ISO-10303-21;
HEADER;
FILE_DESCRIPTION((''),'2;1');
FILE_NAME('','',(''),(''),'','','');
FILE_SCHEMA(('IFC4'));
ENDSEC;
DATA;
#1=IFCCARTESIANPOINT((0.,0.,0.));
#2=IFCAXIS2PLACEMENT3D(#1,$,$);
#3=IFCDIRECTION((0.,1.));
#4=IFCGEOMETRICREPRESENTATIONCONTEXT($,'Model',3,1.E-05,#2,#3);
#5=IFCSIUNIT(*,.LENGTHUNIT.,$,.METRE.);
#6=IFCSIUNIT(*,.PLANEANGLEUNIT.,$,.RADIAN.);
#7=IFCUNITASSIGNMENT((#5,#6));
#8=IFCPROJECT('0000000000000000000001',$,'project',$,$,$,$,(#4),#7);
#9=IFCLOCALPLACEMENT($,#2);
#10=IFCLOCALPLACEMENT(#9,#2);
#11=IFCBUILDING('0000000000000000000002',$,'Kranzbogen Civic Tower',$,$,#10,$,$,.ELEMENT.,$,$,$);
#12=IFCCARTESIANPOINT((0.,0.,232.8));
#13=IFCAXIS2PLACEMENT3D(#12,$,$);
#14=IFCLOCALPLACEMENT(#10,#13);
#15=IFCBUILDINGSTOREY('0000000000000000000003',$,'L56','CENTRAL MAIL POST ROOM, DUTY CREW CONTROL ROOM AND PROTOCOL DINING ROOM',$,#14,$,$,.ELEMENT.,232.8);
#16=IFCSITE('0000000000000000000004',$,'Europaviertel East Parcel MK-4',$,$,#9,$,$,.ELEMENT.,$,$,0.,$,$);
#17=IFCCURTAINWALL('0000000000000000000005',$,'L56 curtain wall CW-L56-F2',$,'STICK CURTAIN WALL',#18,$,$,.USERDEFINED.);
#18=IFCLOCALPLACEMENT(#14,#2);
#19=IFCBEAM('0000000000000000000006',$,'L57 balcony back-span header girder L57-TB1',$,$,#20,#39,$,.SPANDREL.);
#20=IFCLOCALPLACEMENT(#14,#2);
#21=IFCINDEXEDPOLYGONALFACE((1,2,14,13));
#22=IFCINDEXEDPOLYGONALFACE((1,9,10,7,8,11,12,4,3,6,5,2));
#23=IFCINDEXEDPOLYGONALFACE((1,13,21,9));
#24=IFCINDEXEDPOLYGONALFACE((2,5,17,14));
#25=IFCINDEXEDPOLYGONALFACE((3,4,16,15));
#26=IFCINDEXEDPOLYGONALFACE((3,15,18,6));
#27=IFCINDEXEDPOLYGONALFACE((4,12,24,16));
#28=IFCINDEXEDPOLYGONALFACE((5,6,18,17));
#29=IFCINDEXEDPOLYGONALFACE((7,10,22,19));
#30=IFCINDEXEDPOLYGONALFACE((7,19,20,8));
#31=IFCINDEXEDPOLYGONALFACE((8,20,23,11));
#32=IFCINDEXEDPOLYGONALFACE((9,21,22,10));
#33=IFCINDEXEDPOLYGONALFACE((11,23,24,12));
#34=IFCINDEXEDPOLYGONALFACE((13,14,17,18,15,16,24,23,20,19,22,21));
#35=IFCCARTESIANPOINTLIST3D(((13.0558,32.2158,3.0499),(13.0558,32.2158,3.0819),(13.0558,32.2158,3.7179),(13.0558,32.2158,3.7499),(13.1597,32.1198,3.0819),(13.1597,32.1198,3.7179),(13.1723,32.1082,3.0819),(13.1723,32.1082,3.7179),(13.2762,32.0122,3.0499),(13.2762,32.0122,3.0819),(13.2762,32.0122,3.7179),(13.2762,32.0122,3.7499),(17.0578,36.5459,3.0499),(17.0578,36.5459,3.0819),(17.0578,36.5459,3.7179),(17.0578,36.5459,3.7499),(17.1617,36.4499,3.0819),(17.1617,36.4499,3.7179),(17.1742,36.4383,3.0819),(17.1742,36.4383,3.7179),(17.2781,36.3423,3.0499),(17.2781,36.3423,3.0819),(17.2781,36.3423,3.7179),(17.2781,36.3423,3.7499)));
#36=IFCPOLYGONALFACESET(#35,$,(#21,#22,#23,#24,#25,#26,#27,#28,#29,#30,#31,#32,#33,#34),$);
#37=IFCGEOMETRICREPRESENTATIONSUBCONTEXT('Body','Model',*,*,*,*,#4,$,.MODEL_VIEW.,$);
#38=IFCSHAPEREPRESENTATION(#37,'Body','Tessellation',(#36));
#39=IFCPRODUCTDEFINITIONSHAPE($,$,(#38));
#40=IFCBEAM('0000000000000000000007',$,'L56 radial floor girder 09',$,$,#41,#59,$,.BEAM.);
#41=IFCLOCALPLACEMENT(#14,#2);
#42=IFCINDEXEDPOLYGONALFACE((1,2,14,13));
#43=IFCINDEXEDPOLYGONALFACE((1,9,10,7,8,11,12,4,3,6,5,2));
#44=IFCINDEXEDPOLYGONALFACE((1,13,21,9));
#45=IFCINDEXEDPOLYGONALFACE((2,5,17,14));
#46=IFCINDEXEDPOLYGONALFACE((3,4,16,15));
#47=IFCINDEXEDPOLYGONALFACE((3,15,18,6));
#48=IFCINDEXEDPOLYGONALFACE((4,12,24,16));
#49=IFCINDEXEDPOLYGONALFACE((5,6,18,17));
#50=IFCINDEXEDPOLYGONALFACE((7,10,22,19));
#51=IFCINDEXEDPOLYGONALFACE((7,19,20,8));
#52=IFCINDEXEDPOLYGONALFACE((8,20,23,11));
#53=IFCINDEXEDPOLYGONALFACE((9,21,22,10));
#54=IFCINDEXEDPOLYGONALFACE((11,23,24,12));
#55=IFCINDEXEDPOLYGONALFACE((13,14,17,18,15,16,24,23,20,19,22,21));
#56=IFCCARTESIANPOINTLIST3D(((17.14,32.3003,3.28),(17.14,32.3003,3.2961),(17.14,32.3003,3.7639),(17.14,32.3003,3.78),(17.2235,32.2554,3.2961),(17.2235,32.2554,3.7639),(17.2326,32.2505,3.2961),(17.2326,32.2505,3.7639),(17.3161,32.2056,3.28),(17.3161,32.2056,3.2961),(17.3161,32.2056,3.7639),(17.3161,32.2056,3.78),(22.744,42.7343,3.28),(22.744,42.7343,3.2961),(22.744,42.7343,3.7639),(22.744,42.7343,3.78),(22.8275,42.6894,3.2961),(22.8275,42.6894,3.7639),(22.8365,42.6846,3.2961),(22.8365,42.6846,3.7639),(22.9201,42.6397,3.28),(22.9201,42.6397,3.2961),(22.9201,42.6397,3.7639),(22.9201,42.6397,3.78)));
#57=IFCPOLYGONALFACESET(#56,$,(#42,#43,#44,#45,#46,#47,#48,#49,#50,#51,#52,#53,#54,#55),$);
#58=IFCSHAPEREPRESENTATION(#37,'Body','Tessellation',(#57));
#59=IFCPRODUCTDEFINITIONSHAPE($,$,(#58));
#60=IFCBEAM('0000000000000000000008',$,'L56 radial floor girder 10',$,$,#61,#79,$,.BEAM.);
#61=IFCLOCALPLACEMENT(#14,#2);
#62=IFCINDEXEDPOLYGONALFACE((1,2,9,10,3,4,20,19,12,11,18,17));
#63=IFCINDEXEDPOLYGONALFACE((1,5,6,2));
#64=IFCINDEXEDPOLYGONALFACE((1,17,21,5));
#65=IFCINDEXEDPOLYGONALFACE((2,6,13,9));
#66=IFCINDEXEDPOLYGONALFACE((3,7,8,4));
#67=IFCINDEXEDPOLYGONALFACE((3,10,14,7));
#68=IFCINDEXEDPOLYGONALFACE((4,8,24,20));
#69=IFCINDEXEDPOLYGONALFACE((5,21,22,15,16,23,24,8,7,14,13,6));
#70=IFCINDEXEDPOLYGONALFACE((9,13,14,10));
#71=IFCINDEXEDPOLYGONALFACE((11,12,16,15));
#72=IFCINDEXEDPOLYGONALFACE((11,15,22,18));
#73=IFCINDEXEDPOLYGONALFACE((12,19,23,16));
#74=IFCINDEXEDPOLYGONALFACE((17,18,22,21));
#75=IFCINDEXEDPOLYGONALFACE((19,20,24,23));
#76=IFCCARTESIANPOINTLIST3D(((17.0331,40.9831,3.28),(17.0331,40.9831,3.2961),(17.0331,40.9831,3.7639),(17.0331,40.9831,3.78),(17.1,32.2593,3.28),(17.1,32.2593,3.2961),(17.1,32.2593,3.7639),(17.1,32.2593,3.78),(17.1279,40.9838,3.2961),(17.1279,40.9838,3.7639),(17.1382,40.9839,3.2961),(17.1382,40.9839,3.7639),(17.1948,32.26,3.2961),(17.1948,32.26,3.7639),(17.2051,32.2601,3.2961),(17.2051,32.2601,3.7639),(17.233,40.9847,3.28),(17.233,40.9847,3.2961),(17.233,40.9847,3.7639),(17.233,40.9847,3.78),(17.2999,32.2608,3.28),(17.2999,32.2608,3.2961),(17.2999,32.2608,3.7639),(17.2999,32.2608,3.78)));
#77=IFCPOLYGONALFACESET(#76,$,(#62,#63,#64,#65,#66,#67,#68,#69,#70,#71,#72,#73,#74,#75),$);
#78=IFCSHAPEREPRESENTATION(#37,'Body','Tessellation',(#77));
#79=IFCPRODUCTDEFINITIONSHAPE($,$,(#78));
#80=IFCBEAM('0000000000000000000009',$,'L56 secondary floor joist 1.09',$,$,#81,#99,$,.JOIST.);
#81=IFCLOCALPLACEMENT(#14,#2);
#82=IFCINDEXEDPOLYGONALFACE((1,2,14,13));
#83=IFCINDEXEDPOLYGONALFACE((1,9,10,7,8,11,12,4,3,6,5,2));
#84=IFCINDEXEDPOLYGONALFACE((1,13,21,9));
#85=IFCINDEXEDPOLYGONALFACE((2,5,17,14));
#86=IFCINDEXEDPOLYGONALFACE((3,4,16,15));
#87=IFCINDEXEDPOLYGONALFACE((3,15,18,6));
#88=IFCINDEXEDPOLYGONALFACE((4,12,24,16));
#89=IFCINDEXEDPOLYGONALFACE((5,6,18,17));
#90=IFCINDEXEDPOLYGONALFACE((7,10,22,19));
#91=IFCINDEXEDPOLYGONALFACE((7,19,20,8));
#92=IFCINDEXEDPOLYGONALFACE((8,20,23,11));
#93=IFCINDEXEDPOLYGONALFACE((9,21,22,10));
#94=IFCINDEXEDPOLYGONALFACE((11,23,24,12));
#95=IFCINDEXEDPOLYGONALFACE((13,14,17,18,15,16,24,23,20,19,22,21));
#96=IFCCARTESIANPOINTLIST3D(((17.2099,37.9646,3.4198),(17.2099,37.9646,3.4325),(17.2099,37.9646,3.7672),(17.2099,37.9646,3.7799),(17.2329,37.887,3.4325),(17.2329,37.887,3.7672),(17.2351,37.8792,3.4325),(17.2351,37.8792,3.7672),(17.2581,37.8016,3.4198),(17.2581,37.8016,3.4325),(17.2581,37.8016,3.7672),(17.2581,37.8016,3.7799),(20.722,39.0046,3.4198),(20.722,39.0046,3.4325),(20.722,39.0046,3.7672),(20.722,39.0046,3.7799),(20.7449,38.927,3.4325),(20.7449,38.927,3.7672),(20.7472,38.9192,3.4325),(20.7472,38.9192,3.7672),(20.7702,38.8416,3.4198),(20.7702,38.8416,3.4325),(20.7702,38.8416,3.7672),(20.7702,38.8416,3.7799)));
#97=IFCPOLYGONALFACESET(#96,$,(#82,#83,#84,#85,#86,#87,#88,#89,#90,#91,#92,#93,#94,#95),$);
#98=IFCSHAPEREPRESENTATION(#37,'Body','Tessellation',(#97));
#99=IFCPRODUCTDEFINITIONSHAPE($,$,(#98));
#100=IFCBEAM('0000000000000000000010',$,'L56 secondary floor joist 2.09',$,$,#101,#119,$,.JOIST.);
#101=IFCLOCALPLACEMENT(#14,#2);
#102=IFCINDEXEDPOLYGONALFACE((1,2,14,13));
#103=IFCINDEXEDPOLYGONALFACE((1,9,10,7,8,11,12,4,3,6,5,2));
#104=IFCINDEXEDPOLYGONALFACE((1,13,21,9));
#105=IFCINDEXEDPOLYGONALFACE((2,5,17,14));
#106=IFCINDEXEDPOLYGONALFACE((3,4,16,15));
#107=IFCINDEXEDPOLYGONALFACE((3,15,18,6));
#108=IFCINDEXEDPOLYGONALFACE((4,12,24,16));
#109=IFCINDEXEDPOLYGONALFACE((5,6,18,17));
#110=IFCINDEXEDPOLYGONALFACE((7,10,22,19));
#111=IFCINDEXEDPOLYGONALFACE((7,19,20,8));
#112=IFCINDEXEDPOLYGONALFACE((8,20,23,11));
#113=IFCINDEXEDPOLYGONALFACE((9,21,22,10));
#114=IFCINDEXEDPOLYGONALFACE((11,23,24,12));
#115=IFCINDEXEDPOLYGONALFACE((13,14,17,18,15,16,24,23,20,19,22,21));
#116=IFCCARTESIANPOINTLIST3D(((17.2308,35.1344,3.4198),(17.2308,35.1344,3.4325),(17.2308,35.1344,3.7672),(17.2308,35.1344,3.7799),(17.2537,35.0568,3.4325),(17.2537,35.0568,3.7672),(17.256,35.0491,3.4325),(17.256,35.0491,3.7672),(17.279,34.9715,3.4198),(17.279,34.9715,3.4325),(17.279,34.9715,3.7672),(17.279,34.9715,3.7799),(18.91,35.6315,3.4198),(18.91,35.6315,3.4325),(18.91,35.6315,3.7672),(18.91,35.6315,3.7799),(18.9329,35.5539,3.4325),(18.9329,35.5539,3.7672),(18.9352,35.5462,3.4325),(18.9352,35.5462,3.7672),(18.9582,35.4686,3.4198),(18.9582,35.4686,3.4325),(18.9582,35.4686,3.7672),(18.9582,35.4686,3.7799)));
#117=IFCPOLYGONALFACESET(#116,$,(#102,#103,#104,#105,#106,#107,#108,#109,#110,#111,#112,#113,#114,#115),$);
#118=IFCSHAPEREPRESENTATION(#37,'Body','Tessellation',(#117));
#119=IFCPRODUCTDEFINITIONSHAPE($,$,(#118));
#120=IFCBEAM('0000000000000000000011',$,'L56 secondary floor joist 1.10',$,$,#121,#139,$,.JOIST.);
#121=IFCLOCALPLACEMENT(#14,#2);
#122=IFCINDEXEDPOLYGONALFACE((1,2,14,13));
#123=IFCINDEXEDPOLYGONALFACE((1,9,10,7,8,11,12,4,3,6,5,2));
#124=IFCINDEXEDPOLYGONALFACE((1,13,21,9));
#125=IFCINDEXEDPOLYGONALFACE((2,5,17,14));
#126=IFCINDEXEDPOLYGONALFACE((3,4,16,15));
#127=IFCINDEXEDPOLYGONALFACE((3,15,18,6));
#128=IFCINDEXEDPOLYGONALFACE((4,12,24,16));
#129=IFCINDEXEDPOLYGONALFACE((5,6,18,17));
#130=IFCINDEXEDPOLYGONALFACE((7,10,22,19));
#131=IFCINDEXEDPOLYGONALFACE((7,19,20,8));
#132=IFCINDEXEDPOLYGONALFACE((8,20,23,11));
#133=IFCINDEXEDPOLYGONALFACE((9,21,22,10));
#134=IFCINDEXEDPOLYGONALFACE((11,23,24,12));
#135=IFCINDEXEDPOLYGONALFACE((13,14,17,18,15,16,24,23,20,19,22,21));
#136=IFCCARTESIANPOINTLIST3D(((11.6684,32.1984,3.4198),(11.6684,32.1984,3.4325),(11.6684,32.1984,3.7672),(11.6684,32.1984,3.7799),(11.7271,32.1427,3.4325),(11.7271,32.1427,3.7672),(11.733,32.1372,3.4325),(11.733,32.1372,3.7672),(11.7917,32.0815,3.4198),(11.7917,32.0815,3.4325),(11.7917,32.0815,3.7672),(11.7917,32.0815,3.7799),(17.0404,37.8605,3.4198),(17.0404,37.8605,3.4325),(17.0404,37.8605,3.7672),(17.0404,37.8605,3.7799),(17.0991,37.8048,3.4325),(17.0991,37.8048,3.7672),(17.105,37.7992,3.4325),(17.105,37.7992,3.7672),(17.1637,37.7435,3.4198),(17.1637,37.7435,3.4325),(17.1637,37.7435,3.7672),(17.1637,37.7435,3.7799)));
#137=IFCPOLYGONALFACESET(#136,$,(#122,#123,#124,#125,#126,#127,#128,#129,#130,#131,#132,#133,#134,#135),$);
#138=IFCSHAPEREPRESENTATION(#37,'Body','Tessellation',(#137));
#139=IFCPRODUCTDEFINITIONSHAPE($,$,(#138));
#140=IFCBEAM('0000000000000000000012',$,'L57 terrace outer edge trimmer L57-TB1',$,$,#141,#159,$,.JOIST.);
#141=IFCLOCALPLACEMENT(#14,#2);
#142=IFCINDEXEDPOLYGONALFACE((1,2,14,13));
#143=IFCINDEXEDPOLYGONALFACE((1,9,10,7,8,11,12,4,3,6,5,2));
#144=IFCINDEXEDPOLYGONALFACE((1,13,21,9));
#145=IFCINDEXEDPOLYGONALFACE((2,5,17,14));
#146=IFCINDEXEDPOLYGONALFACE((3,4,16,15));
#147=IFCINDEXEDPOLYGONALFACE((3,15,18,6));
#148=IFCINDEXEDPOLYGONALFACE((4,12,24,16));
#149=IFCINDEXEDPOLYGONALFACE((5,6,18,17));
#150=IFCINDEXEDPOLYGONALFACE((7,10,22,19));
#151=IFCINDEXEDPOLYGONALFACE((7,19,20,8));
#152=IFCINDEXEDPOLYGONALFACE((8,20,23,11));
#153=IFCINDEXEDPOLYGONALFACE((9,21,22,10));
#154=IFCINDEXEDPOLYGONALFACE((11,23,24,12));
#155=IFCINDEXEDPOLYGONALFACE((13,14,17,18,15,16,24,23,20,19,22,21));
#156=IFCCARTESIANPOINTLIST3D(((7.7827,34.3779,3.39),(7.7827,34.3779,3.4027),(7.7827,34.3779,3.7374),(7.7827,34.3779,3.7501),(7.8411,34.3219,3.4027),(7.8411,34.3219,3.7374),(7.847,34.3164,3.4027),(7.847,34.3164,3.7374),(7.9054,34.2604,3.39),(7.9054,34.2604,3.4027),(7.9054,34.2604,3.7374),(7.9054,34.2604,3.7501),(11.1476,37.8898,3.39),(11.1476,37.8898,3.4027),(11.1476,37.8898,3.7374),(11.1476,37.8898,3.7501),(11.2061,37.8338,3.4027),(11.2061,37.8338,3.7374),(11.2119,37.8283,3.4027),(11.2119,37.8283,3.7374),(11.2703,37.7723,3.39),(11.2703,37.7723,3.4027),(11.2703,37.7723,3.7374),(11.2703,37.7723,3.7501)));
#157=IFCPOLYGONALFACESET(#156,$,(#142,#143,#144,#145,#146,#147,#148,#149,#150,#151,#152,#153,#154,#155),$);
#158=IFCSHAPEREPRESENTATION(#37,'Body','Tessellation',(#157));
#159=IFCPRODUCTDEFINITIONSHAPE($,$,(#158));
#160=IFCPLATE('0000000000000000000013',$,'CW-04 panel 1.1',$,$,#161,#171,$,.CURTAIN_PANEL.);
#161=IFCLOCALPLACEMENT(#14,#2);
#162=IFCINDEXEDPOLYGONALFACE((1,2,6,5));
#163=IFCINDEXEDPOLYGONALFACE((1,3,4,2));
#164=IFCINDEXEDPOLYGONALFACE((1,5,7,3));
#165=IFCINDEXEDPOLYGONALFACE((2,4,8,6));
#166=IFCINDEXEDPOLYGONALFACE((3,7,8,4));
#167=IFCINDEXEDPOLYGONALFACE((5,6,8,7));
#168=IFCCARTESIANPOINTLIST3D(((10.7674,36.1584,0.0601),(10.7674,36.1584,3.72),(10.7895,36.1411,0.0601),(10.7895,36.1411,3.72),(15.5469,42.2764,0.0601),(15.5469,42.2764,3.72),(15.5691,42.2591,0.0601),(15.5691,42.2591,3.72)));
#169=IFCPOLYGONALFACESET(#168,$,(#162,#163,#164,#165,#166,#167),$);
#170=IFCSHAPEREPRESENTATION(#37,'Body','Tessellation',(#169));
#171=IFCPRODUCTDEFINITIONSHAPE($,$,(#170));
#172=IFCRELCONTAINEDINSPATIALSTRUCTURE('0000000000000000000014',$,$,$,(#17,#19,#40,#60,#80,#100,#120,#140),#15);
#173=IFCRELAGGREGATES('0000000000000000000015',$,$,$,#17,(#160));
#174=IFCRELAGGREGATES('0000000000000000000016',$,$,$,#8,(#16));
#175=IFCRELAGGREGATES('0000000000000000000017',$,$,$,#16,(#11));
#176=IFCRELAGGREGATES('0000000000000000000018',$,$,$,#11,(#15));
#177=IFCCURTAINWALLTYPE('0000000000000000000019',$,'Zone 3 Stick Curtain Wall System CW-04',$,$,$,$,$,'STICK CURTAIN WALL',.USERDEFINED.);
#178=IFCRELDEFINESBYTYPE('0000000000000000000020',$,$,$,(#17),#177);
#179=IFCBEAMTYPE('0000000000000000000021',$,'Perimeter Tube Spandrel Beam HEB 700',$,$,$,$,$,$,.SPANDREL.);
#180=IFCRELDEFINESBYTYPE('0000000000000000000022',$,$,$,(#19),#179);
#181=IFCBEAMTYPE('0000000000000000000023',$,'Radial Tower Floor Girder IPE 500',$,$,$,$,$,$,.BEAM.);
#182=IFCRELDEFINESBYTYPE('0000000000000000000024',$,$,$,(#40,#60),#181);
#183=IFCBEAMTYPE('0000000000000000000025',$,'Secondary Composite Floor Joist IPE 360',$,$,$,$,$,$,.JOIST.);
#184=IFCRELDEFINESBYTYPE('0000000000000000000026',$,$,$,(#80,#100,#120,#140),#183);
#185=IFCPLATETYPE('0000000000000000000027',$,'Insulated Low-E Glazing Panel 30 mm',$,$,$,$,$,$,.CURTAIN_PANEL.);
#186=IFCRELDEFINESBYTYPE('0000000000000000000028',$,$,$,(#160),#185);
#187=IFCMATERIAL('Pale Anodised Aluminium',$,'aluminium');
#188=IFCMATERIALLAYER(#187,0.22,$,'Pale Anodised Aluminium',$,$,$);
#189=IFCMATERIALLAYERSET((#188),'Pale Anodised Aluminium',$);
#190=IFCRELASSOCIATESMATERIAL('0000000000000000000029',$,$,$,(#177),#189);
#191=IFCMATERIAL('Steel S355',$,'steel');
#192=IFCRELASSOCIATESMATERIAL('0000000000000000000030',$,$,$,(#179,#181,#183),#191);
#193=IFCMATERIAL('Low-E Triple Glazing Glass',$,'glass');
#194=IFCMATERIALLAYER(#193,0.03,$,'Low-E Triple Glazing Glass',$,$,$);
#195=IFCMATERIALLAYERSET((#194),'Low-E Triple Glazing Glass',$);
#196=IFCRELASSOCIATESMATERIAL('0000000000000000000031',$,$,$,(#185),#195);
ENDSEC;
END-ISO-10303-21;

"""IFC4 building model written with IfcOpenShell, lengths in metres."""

from ifc_helpers import new_model, si_unit, direction, frame, origin, origin_2d, place, context, subcontext, project, spatial, rectangle, i_section, extrude, material, layer, layer_set, material_profile, profile_set, type_object, element, aggregate, save


model = new_model("IFC4")

# Units and contexts
model_context = context("Model", 3, precision=1e-05, world=origin(), true_north=direction((0.0, 1.0)))
body_context = subcontext(model_context, "Body", "Model", "MODEL_VIEW")
ifc_project = project(units=[si_unit("LENGTHUNIT", "METRE"), si_unit("PLANEANGLEUNIT", "RADIAN")], contexts=[model_context])

# Site, building, storey
site_placement = place(None, origin())
site = spatial("IfcSite", under=ifc_project, at=site_placement, Name="Europaviertel East Parcel MK-4", CompositionType="ELEMENT", RefElevation=0.0)
building_placement = place(site_placement, origin())
building = spatial("IfcBuilding", under=site, at=building_placement, Name="Kranzbogen Civic Tower", CompositionType="ELEMENT")
storey_placement = place(building_placement, frame((0.0, 0.0, 232.8)))
storey = spatial("IfcBuildingStorey", under=building, at=storey_placement, Name="L56", Description="CENTRAL MAIL POST ROOM, DUTY CREW CONTROL ROOM AND PROTOCOL DINING ROOM", CompositionType="ELEMENT", Elevation=232.8)

# Shared definitions
ifc_material_1 = material(Name="Steel S355", Category="steel")

# Shared definitions
ifc_material_2 = material(Name="Pale Anodised Aluminium", Category="aluminium")
ifc_layer_1 = layer(ifc_material_2, 0.22, Name="Pale Anodised Aluminium")
ifc_layer_set_1 = layer_set([ifc_layer_1], Name="Pale Anodised Aluminium")
curtain_wall_type = type_object("IfcCurtainWallType", Name="Zone 3 Stick Curtain Wall System CW-04", ElementType="STICK CURTAIN WALL", PredefinedType="USERDEFINED", material=ifc_layer_set_1)

# Curtain wall
curtain_wall_1_placement = place(storey_placement, origin())
curtain_wall_1 = element("IfcCurtainWall", 1, at=curtain_wall_1_placement, inside=storey, type_object=curtain_wall_type, Name="L56 curtain wall CW-L56-F2", ObjectType="STICK CURTAIN WALL", PredefinedType="USERDEFINED")

# Beams
ifc_material_profile_1 = material_profile(ifc_material_1, i_section(OverallWidth=0.3, OverallDepth=0.7, WebThickness=0.0171, FlangeThickness=0.032, at=origin_2d()), Name="HEB 700")
ifc_profile_set_1 = profile_set([ifc_material_profile_1], Name="Steel S355")
beam_type_1 = type_object("IfcBeamType", Name="Perimeter Tube Spandrel Beam HEB 700", PredefinedType="SPANDREL", material=ifc_profile_set_1)
beam_1_placement = place(storey_placement, frame((17.168, 36.4441, 3.3999), z_axis=(-0.678734, -0.734384, 0.0), x_axis=(0.734384, -0.678734, 0.0)))
element("IfcBeam", 2, at=beam_1_placement, inside=storey, type_object=beam_type_1, Name="L57 balcony back-span header girder L57-TB1", PredefinedType="SPANDREL", context=body_context, shape_type="SweptSolid", body=[
    extrude(i_section(OverallWidth=0.3, OverallDepth=0.7, WebThickness=0.0171, FlangeThickness=0.032, at=origin_2d()), origin(), (0.0, 0.0, 1.0), 5.8962),
])
ifc_material_profile_2 = material_profile(ifc_material_1, i_section(OverallWidth=0.2, OverallDepth=0.5, WebThickness=0.0103, FlangeThickness=0.0161, at=origin_2d()), Name="IPE 500")
ifc_profile_set_2 = profile_set([ifc_material_profile_2], Name="Steel S355")
beam_type_2 = type_object("IfcBeamType", Name="Radial Tower Floor Girder IPE 500", PredefinedType="BEAM", material=ifc_profile_set_2)
beam_2_placement = place(storey_placement, frame((22.832, 42.687, 3.53), z_axis=(-0.47316, -0.880976, 0.0), x_axis=(0.880976, -0.47316, 0.0)))
element("IfcBeam", 3, at=beam_2_placement, inside=storey, type_object=beam_type_2, Name="L56 radial floor girder 09", PredefinedType="BEAM", context=body_context, shape_type="SweptSolid", body=[
    extrude(i_section(OverallWidth=0.2, OverallDepth=0.5, WebThickness=0.0103, FlangeThickness=0.0161, at=origin_2d()), origin(), (0.0, 0.0, 1.0), 11.8438),
])
beam_3_placement = place(storey_placement, frame((17.1331, 40.9839, 3.53), z_axis=(0.007668, -0.999971, 0.0), x_axis=(0.999971, 0.007668, 0.0)))
element("IfcBeam", 4, at=beam_3_placement, inside=storey, type_object=beam_type_2, Name="L56 radial floor girder 10", PredefinedType="BEAM", context=body_context, shape_type="SweptSolid", body=[
    extrude(i_section(OverallWidth=0.2, OverallDepth=0.5, WebThickness=0.0103, FlangeThickness=0.0161, at=origin_2d()), origin(), (0.0, 0.0, 1.0), 8.7241),
])
ifc_material_profile_3 = material_profile(ifc_material_1, i_section(OverallWidth=0.1699, OverallDepth=0.3601, WebThickness=0.0081, FlangeThickness=0.0127, at=origin_2d()), Name="IPE 360")
ifc_profile_set_3 = profile_set([ifc_material_profile_3], Name="Steel S355")
beam_type_3 = type_object("IfcBeamType", Name="Secondary Composite Floor Joist IPE 360", PredefinedType="JOIST", material=ifc_profile_set_3)
beam_4_placement = place(storey_placement, frame((20.7461, 38.9231, 3.5999), z_axis=(-0.958844, -0.283934, 0.0), x_axis=(0.283934, -0.958844, 0.0)))
element("IfcBeam", 5, at=beam_4_placement, inside=storey, type_object=beam_type_3, Name="L56 secondary floor joist 1.09", PredefinedType="JOIST", context=body_context, shape_type="SweptSolid", body=[
    extrude(i_section(OverallWidth=0.1699, OverallDepth=0.3601, WebThickness=0.0081, FlangeThickness=0.0127, at=origin_2d()), origin(), (0.0, 0.0, 1.0), 3.6628),
])
beam_5_placement = place(storey_placement, frame((18.9341, 35.55, 3.5999), z_axis=(-0.958871, -0.283841, 0.0), x_axis=(0.283841, -0.958871, 0.0)))
element("IfcBeam", 6, at=beam_5_placement, inside=storey, type_object=beam_type_3, Name="L56 secondary floor joist 2.09", PredefinedType="JOIST", context=body_context, shape_type="SweptSolid", body=[
    extrude(i_section(OverallWidth=0.1699, OverallDepth=0.3601, WebThickness=0.0081, FlangeThickness=0.0127, at=origin_2d()), origin(), (0.0, 0.0, 1.0), 1.7512),
])
beam_6_placement = place(storey_placement, frame((17.1021, 37.802, 3.5999), z_axis=(-0.688282, -0.725443, 0.0), x_axis=(0.725443, -0.688282, 0.0)))
element("IfcBeam", 7, at=beam_6_placement, inside=storey, type_object=beam_type_3, Name="L56 secondary floor joist 1.10", PredefinedType="JOIST", context=body_context, shape_type="SweptSolid", body=[
    extrude(i_section(OverallWidth=0.1699, OverallDepth=0.3601, WebThickness=0.0081, FlangeThickness=0.0127, at=origin_2d()), origin(), (0.0, 0.0, 1.0), 7.8049),
])
beam_7_placement = place(storey_placement, frame((11.209, 37.8311, 3.5701), z_axis=(-0.691837, -0.722054, 0.0), x_axis=(0.722054, -0.691837, 0.0)))
element("IfcBeam", 8, at=beam_7_placement, inside=storey, type_object=beam_type_3, Name="L57 terrace outer edge trimmer L57-TB1", PredefinedType="JOIST", context=body_context, shape_type="SweptSolid", body=[
    extrude(i_section(OverallWidth=0.1699, OverallDepth=0.3601, WebThickness=0.0081, FlangeThickness=0.0127, at=origin_2d()), origin(), (0.0, 0.0, 1.0), 4.8638),
])

# Plate
ifc_material_3 = material(Name="Low-E Triple Glazing Glass", Category="glass")
ifc_layer_2 = layer(ifc_material_3, 0.03, Name="Low-E Triple Glazing Glass")
ifc_layer_set_2 = layer_set([ifc_layer_2], Name="Low-E Triple Glazing Glass")
plate_type = type_object("IfcPlateType", Name="Insulated Low-E Glazing Panel 30 mm", PredefinedType="CURTAIN_PANEL", material=ifc_layer_set_2)
plate_placement = place(storey_placement, frame((13.1682, 39.2087, 0.0601), z_axis=(0.0, 0.0, 1.0), x_axis=(-0.615632, -0.788034, 0.0)))
plate = element("IfcPlate", 9, at=plate_placement, type_object=plate_type, Name="CW-04 panel 1.1", PredefinedType="CURTAIN_PANEL", context=body_context, shape_type="SweptSolid", body=[
    extrude(rectangle(XDim=7.7637, YDim=0.0281, at=origin_2d()), origin(), (0.0, 0.0, 1.0), 3.6599),
])
aggregate(curtain_wall_1, [plate])

save(model, "model.ifc")
